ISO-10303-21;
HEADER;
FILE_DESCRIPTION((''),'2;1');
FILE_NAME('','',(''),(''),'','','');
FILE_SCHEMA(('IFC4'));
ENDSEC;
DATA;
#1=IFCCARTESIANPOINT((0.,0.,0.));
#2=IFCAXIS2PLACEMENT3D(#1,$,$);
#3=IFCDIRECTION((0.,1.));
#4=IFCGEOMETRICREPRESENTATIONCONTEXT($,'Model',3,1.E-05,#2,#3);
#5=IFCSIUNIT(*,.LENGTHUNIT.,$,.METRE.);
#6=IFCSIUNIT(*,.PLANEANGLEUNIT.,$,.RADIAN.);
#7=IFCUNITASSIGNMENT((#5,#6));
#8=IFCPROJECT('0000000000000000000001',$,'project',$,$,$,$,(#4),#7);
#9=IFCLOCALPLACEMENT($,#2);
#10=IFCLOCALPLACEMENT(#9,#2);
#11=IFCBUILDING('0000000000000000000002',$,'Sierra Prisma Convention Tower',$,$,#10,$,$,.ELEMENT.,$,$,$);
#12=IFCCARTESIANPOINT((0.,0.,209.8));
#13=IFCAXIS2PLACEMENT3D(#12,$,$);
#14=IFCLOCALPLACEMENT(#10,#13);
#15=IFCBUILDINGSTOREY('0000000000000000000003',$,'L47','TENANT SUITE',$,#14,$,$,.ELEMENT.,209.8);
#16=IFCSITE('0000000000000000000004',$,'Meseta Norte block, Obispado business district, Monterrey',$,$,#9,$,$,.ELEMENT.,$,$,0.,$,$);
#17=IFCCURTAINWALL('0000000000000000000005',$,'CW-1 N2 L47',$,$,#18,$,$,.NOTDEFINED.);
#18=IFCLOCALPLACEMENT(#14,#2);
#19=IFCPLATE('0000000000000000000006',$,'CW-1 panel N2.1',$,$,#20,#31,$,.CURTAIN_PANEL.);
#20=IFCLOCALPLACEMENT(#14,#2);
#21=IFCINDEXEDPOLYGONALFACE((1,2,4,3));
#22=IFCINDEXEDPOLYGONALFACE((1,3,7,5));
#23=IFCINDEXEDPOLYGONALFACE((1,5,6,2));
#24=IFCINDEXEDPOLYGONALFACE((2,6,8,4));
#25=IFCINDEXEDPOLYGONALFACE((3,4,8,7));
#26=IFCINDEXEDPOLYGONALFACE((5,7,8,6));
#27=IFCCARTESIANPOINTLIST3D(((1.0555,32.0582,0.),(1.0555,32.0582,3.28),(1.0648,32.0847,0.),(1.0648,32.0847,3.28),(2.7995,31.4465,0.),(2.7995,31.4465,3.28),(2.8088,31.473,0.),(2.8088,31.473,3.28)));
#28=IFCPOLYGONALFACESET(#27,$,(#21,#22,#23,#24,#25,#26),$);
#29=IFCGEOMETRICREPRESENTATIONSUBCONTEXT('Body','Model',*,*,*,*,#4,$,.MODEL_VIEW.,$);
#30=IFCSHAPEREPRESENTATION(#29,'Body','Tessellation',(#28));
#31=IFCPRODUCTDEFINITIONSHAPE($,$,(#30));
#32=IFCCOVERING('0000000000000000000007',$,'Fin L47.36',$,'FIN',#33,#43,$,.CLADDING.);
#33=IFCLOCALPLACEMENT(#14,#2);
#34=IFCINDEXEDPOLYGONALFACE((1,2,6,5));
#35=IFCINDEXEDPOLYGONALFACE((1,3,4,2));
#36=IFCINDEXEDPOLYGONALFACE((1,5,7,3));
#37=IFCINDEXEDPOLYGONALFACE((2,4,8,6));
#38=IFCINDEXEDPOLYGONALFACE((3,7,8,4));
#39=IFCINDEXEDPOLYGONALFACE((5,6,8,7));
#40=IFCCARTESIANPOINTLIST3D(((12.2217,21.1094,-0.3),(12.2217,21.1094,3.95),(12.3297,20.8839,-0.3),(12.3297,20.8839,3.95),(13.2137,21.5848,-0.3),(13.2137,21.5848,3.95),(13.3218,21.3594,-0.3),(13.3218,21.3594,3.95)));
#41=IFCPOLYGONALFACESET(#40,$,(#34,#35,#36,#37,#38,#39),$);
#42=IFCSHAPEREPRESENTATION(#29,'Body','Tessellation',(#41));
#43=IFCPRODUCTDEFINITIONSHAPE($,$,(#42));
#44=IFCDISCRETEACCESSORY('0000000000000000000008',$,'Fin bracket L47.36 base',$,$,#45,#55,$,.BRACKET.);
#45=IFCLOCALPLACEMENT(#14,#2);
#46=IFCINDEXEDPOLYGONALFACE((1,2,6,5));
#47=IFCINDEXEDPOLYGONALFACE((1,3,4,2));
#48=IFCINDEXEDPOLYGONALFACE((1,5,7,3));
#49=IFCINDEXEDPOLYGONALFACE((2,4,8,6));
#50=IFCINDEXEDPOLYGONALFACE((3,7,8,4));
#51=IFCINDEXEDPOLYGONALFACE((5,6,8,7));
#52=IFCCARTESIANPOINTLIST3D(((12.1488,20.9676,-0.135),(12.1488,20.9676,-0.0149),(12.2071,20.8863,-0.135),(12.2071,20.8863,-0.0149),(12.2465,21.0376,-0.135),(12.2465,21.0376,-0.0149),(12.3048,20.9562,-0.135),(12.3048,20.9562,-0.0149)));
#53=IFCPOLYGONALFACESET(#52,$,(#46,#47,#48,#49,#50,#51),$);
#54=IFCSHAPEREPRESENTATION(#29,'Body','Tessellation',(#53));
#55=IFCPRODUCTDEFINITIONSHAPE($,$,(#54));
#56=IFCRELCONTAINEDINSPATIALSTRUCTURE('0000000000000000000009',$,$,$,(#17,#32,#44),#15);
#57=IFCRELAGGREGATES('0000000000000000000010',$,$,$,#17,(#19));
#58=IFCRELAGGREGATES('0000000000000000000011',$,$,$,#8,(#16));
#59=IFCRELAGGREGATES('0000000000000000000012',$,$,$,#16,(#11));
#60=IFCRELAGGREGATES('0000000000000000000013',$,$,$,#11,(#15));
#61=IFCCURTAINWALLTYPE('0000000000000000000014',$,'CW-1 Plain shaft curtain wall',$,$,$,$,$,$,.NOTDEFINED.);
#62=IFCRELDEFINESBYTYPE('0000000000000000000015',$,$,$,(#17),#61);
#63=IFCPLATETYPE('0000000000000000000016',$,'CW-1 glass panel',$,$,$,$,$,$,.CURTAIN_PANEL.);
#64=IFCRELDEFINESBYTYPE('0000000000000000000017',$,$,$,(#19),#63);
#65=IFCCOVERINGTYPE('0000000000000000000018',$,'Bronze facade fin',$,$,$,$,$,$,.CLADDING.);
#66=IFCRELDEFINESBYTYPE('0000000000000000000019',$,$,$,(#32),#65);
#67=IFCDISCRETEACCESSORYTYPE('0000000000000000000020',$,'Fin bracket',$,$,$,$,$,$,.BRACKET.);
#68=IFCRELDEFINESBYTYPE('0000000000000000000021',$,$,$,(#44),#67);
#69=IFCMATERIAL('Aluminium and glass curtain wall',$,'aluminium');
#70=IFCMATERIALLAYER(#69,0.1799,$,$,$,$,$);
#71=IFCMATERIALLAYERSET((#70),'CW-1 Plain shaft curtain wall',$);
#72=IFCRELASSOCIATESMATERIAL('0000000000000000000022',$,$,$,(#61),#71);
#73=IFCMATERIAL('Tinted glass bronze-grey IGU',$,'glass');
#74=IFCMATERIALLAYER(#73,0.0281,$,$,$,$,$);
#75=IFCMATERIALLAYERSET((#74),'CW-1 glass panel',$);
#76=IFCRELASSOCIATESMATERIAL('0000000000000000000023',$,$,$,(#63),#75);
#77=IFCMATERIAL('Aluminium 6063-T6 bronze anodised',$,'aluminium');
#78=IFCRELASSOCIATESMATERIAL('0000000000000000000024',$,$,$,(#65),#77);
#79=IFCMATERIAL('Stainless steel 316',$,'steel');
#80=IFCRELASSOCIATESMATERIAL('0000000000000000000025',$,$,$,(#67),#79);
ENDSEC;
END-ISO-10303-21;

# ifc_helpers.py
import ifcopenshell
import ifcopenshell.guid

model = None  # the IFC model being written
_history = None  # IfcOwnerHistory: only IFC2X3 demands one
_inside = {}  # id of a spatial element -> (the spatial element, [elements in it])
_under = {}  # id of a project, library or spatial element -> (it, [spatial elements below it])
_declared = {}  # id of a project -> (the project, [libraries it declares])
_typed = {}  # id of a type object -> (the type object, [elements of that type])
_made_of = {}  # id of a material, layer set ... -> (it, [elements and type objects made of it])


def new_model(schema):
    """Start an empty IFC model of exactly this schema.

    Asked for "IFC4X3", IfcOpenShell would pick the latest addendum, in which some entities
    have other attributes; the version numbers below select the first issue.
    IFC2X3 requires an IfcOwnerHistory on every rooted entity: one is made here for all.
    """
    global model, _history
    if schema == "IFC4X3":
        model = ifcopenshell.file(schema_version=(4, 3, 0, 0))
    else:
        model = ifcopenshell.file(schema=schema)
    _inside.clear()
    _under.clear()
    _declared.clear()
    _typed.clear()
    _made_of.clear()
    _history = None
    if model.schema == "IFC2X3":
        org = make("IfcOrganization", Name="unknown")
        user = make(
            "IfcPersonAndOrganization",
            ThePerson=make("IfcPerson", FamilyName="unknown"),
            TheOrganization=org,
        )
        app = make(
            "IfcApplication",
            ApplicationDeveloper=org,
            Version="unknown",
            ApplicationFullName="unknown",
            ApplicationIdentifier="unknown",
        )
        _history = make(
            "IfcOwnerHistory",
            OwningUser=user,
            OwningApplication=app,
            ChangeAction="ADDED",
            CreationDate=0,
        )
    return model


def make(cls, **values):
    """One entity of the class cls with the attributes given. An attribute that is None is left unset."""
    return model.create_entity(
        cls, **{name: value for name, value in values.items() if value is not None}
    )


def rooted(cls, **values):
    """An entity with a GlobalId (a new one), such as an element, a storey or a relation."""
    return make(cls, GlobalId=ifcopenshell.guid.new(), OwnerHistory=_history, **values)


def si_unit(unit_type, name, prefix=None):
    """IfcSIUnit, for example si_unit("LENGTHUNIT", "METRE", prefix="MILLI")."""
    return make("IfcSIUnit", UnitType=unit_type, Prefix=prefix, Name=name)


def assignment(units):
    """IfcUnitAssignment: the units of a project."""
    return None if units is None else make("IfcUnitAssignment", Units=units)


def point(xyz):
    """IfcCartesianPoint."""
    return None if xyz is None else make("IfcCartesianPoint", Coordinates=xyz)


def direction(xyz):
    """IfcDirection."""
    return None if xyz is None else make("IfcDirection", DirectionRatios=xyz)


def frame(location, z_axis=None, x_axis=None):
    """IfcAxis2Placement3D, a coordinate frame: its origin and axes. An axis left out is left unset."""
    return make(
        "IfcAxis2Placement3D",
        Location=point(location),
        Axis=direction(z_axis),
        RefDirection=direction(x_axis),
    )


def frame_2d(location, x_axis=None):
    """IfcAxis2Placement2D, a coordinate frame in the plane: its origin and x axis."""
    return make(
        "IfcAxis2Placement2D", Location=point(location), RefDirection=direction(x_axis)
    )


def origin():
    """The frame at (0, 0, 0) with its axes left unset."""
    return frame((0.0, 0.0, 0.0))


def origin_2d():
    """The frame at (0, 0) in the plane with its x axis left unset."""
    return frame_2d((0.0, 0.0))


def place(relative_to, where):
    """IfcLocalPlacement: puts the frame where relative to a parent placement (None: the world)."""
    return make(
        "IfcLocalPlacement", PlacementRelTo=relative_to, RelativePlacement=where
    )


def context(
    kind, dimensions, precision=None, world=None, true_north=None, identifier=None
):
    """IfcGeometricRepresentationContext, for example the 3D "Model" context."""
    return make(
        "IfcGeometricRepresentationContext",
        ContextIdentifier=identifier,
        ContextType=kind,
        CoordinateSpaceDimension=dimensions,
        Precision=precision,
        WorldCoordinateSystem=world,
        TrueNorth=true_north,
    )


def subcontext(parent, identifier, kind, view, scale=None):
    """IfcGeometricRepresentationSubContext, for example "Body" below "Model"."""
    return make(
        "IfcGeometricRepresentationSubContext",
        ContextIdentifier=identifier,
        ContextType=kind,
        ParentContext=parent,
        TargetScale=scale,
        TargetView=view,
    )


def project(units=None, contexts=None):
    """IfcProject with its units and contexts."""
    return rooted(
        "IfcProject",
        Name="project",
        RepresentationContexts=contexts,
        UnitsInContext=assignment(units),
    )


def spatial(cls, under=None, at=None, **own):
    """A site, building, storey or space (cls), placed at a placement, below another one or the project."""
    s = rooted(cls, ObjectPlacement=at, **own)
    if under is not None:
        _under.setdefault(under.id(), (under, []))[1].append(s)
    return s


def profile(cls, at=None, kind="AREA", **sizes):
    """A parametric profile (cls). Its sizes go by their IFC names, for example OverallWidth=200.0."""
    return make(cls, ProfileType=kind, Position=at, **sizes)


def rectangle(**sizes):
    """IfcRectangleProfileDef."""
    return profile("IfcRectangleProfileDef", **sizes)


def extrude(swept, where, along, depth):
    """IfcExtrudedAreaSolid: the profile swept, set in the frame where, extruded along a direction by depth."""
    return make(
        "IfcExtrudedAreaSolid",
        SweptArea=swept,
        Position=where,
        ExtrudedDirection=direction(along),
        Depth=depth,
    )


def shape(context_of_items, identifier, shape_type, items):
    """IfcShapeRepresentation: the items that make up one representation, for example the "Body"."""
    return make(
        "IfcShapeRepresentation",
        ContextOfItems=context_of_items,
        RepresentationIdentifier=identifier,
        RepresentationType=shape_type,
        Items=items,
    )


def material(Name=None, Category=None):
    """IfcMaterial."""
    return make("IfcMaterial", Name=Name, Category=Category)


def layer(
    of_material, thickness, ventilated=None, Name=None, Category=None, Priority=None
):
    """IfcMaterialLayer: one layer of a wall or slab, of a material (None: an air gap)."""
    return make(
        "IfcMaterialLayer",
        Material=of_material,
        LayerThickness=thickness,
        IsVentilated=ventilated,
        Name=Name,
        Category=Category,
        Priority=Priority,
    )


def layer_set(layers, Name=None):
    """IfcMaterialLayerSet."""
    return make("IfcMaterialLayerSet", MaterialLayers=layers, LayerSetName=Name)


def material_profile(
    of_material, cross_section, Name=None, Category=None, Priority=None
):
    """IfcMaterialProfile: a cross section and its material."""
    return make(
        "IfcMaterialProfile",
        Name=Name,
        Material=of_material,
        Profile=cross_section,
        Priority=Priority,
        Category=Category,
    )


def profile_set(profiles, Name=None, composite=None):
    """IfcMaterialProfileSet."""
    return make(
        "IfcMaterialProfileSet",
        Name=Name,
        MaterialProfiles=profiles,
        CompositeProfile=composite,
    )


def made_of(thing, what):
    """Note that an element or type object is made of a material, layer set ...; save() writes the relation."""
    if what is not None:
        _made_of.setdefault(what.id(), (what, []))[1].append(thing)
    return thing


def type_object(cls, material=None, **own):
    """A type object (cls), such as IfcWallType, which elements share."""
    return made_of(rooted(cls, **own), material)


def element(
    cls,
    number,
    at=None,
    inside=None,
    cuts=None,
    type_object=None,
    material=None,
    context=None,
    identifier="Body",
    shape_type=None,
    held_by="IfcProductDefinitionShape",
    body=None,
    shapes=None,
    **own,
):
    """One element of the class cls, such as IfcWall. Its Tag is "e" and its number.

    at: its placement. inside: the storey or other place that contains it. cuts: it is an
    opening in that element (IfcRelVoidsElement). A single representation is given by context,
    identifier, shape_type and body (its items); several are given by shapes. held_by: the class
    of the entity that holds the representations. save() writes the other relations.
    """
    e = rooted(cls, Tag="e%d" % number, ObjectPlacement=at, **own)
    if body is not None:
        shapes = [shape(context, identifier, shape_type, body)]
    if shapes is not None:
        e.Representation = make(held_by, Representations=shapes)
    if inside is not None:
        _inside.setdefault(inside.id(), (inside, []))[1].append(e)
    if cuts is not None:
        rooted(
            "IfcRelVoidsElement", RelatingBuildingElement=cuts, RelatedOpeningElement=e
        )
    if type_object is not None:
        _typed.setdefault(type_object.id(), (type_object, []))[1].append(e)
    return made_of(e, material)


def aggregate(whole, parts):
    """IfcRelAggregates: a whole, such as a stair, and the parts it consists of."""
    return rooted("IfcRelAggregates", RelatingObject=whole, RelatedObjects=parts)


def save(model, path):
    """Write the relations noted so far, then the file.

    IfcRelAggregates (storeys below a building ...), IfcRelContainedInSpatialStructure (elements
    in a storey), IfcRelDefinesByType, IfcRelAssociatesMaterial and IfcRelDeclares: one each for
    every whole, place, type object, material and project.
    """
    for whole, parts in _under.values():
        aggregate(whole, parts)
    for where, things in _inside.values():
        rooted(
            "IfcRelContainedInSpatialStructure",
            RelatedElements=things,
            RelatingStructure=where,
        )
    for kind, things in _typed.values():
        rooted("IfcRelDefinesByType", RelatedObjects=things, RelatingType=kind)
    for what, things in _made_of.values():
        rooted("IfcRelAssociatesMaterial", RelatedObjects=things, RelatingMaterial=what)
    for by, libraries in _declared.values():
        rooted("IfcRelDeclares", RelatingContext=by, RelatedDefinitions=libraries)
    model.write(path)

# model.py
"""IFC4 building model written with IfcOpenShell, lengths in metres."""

from ifc_helpers import new_model, si_unit, direction, frame, origin, origin_2d, place, context, subcontext, project, spatial, rectangle, extrude, material, layer, layer_set, material_profile, profile_set, type_object, element, aggregate, save


model = new_model("IFC4")

# Units and contexts
model_context = context("Model", 3, precision=1e-05, world=origin(), true_north=direction((0.0, 1.0)))
body_context = subcontext(model_context, "Body", "Model", "MODEL_VIEW")
ifc_project = project(units=[si_unit("LENGTHUNIT", "METRE"), si_unit("PLANEANGLEUNIT", "RADIAN")], contexts=[model_context])

# Site, building, storey
site_placement = place(None, origin())
site = spatial("IfcSite", under=ifc_project, at=site_placement, Name="Meseta Norte block, Obispado business district, Monterrey", CompositionType="ELEMENT", RefElevation=0.0)
building_placement = place(site_placement, origin())
building = spatial("IfcBuilding", under=site, at=building_placement, Name="Sierra Prisma Convention Tower", CompositionType="ELEMENT")
storey_placement = place(building_placement, frame((0.0, 0.0, 209.8)))
storey = spatial("IfcBuildingStorey", under=building, at=storey_placement, Name="L47", Description="TENANT SUITE", CompositionType="ELEMENT", Elevation=209.8)

# Shared definitions
ifc_material_1 = material(Name="Aluminium and glass curtain wall", Category="aluminium")
ifc_layer_1 = layer(ifc_material_1, 0.1799)
ifc_layer_set_1 = layer_set([ifc_layer_1], Name="CW-1 Plain shaft curtain wall")
curtain_wall_type = type_object("IfcCurtainWallType", Name="CW-1 Plain shaft curtain wall", PredefinedType="NOTDEFINED", material=ifc_layer_set_1)

# Curtain wall
curtain_wall_1_placement = place(storey_placement, origin())
curtain_wall_1 = element("IfcCurtainWall", 1, at=curtain_wall_1_placement, inside=storey, type_object=curtain_wall_type, Name="CW-1 N2 L47", PredefinedType="NOTDEFINED")

# Plate
ifc_material_2 = material(Name="Tinted glass bronze-grey IGU", Category="glass")
ifc_layer_2 = layer(ifc_material_2, 0.0281)
ifc_layer_set_2 = layer_set([ifc_layer_2], Name="CW-1 glass panel")
plate_type = type_object("IfcPlateType", Name="CW-1 glass panel", PredefinedType="CURTAIN_PANEL", material=ifc_layer_set_2)
plate_1_placement = place(storey_placement, frame((1.9321, 31.7656, 0.0), z_axis=(0.0, 0.0, 1.0), x_axis=(-0.943638, 0.330979, 0.0)))
plate_1 = element("IfcPlate", 2, at=plate_1_placement, type_object=plate_type, Name="CW-1 panel N2.1", PredefinedType="CURTAIN_PANEL", context=body_context, shape_type="SweptSolid", body=[
    extrude(rectangle(XDim=1.8481, YDim=0.0281, at=origin_2d()), origin(), (0.0, 0.0, 1.0), 3.28),
])
aggregate(curtain_wall_1, [plate_1])

# Covering
ifc_material_3 = material(Name="Aluminium 6063-T6 bronze anodised", Category="aluminium")
ifc_material_profile_1 = material_profile(ifc_material_3, rectangle(XDim=1.1001, YDim=0.25, at=origin_2d()), Name="ALU FIN 1100x250")
ifc_profile_set_1 = profile_set([ifc_material_profile_1], Name="Aluminium 6063-T6 bronze anodised")
covering_type = type_object("IfcCoveringType", Name="Bronze facade fin", PredefinedType="CLADDING", material=ifc_profile_set_1)
covering_placement = place(storey_placement, frame((12.7717, 21.2344, -0.3), z_axis=(0.0, 0.0, 1.0), x_axis=(0.901786, 0.432183, 0.0)))
element("IfcCovering", 3, at=covering_placement, inside=storey, type_object=covering_type, Name="Fin L47.36", ObjectType="FIN", PredefinedType="CLADDING", context=body_context, shape_type="SweptSolid", body=[
    extrude(rectangle(XDim=1.1001, YDim=0.25, at=origin_2d()), origin(), (0.0, 0.0, 1.0), 4.25),
])

# Discrete accessory
ifc_material_4 = material(Name="Stainless steel 316", Category="steel")
discrete_accessory_type = type_object("IfcDiscreteAccessoryType", Name="Fin bracket", PredefinedType="BRACKET", material=ifc_material_4)
discrete_accessory_placement = place(storey_placement, frame((12.2268, 20.9619, -0.135), z_axis=(0.0, 0.0, 1.0), x_axis=(0.813038, 0.58221, 0.0)))
element("IfcDiscreteAccessory", 4, at=discrete_accessory_placement, inside=storey, type_object=discrete_accessory_type, Name="Fin bracket L47.36 base", PredefinedType="BRACKET", context=body_context, shape_type="SweptSolid", body=[
    extrude(rectangle(XDim=0.1201, YDim=0.1001, at=origin_2d()), origin(), (0.0, 0.0, 1.0), 0.1201),
])

save(model, "model.ifc")
